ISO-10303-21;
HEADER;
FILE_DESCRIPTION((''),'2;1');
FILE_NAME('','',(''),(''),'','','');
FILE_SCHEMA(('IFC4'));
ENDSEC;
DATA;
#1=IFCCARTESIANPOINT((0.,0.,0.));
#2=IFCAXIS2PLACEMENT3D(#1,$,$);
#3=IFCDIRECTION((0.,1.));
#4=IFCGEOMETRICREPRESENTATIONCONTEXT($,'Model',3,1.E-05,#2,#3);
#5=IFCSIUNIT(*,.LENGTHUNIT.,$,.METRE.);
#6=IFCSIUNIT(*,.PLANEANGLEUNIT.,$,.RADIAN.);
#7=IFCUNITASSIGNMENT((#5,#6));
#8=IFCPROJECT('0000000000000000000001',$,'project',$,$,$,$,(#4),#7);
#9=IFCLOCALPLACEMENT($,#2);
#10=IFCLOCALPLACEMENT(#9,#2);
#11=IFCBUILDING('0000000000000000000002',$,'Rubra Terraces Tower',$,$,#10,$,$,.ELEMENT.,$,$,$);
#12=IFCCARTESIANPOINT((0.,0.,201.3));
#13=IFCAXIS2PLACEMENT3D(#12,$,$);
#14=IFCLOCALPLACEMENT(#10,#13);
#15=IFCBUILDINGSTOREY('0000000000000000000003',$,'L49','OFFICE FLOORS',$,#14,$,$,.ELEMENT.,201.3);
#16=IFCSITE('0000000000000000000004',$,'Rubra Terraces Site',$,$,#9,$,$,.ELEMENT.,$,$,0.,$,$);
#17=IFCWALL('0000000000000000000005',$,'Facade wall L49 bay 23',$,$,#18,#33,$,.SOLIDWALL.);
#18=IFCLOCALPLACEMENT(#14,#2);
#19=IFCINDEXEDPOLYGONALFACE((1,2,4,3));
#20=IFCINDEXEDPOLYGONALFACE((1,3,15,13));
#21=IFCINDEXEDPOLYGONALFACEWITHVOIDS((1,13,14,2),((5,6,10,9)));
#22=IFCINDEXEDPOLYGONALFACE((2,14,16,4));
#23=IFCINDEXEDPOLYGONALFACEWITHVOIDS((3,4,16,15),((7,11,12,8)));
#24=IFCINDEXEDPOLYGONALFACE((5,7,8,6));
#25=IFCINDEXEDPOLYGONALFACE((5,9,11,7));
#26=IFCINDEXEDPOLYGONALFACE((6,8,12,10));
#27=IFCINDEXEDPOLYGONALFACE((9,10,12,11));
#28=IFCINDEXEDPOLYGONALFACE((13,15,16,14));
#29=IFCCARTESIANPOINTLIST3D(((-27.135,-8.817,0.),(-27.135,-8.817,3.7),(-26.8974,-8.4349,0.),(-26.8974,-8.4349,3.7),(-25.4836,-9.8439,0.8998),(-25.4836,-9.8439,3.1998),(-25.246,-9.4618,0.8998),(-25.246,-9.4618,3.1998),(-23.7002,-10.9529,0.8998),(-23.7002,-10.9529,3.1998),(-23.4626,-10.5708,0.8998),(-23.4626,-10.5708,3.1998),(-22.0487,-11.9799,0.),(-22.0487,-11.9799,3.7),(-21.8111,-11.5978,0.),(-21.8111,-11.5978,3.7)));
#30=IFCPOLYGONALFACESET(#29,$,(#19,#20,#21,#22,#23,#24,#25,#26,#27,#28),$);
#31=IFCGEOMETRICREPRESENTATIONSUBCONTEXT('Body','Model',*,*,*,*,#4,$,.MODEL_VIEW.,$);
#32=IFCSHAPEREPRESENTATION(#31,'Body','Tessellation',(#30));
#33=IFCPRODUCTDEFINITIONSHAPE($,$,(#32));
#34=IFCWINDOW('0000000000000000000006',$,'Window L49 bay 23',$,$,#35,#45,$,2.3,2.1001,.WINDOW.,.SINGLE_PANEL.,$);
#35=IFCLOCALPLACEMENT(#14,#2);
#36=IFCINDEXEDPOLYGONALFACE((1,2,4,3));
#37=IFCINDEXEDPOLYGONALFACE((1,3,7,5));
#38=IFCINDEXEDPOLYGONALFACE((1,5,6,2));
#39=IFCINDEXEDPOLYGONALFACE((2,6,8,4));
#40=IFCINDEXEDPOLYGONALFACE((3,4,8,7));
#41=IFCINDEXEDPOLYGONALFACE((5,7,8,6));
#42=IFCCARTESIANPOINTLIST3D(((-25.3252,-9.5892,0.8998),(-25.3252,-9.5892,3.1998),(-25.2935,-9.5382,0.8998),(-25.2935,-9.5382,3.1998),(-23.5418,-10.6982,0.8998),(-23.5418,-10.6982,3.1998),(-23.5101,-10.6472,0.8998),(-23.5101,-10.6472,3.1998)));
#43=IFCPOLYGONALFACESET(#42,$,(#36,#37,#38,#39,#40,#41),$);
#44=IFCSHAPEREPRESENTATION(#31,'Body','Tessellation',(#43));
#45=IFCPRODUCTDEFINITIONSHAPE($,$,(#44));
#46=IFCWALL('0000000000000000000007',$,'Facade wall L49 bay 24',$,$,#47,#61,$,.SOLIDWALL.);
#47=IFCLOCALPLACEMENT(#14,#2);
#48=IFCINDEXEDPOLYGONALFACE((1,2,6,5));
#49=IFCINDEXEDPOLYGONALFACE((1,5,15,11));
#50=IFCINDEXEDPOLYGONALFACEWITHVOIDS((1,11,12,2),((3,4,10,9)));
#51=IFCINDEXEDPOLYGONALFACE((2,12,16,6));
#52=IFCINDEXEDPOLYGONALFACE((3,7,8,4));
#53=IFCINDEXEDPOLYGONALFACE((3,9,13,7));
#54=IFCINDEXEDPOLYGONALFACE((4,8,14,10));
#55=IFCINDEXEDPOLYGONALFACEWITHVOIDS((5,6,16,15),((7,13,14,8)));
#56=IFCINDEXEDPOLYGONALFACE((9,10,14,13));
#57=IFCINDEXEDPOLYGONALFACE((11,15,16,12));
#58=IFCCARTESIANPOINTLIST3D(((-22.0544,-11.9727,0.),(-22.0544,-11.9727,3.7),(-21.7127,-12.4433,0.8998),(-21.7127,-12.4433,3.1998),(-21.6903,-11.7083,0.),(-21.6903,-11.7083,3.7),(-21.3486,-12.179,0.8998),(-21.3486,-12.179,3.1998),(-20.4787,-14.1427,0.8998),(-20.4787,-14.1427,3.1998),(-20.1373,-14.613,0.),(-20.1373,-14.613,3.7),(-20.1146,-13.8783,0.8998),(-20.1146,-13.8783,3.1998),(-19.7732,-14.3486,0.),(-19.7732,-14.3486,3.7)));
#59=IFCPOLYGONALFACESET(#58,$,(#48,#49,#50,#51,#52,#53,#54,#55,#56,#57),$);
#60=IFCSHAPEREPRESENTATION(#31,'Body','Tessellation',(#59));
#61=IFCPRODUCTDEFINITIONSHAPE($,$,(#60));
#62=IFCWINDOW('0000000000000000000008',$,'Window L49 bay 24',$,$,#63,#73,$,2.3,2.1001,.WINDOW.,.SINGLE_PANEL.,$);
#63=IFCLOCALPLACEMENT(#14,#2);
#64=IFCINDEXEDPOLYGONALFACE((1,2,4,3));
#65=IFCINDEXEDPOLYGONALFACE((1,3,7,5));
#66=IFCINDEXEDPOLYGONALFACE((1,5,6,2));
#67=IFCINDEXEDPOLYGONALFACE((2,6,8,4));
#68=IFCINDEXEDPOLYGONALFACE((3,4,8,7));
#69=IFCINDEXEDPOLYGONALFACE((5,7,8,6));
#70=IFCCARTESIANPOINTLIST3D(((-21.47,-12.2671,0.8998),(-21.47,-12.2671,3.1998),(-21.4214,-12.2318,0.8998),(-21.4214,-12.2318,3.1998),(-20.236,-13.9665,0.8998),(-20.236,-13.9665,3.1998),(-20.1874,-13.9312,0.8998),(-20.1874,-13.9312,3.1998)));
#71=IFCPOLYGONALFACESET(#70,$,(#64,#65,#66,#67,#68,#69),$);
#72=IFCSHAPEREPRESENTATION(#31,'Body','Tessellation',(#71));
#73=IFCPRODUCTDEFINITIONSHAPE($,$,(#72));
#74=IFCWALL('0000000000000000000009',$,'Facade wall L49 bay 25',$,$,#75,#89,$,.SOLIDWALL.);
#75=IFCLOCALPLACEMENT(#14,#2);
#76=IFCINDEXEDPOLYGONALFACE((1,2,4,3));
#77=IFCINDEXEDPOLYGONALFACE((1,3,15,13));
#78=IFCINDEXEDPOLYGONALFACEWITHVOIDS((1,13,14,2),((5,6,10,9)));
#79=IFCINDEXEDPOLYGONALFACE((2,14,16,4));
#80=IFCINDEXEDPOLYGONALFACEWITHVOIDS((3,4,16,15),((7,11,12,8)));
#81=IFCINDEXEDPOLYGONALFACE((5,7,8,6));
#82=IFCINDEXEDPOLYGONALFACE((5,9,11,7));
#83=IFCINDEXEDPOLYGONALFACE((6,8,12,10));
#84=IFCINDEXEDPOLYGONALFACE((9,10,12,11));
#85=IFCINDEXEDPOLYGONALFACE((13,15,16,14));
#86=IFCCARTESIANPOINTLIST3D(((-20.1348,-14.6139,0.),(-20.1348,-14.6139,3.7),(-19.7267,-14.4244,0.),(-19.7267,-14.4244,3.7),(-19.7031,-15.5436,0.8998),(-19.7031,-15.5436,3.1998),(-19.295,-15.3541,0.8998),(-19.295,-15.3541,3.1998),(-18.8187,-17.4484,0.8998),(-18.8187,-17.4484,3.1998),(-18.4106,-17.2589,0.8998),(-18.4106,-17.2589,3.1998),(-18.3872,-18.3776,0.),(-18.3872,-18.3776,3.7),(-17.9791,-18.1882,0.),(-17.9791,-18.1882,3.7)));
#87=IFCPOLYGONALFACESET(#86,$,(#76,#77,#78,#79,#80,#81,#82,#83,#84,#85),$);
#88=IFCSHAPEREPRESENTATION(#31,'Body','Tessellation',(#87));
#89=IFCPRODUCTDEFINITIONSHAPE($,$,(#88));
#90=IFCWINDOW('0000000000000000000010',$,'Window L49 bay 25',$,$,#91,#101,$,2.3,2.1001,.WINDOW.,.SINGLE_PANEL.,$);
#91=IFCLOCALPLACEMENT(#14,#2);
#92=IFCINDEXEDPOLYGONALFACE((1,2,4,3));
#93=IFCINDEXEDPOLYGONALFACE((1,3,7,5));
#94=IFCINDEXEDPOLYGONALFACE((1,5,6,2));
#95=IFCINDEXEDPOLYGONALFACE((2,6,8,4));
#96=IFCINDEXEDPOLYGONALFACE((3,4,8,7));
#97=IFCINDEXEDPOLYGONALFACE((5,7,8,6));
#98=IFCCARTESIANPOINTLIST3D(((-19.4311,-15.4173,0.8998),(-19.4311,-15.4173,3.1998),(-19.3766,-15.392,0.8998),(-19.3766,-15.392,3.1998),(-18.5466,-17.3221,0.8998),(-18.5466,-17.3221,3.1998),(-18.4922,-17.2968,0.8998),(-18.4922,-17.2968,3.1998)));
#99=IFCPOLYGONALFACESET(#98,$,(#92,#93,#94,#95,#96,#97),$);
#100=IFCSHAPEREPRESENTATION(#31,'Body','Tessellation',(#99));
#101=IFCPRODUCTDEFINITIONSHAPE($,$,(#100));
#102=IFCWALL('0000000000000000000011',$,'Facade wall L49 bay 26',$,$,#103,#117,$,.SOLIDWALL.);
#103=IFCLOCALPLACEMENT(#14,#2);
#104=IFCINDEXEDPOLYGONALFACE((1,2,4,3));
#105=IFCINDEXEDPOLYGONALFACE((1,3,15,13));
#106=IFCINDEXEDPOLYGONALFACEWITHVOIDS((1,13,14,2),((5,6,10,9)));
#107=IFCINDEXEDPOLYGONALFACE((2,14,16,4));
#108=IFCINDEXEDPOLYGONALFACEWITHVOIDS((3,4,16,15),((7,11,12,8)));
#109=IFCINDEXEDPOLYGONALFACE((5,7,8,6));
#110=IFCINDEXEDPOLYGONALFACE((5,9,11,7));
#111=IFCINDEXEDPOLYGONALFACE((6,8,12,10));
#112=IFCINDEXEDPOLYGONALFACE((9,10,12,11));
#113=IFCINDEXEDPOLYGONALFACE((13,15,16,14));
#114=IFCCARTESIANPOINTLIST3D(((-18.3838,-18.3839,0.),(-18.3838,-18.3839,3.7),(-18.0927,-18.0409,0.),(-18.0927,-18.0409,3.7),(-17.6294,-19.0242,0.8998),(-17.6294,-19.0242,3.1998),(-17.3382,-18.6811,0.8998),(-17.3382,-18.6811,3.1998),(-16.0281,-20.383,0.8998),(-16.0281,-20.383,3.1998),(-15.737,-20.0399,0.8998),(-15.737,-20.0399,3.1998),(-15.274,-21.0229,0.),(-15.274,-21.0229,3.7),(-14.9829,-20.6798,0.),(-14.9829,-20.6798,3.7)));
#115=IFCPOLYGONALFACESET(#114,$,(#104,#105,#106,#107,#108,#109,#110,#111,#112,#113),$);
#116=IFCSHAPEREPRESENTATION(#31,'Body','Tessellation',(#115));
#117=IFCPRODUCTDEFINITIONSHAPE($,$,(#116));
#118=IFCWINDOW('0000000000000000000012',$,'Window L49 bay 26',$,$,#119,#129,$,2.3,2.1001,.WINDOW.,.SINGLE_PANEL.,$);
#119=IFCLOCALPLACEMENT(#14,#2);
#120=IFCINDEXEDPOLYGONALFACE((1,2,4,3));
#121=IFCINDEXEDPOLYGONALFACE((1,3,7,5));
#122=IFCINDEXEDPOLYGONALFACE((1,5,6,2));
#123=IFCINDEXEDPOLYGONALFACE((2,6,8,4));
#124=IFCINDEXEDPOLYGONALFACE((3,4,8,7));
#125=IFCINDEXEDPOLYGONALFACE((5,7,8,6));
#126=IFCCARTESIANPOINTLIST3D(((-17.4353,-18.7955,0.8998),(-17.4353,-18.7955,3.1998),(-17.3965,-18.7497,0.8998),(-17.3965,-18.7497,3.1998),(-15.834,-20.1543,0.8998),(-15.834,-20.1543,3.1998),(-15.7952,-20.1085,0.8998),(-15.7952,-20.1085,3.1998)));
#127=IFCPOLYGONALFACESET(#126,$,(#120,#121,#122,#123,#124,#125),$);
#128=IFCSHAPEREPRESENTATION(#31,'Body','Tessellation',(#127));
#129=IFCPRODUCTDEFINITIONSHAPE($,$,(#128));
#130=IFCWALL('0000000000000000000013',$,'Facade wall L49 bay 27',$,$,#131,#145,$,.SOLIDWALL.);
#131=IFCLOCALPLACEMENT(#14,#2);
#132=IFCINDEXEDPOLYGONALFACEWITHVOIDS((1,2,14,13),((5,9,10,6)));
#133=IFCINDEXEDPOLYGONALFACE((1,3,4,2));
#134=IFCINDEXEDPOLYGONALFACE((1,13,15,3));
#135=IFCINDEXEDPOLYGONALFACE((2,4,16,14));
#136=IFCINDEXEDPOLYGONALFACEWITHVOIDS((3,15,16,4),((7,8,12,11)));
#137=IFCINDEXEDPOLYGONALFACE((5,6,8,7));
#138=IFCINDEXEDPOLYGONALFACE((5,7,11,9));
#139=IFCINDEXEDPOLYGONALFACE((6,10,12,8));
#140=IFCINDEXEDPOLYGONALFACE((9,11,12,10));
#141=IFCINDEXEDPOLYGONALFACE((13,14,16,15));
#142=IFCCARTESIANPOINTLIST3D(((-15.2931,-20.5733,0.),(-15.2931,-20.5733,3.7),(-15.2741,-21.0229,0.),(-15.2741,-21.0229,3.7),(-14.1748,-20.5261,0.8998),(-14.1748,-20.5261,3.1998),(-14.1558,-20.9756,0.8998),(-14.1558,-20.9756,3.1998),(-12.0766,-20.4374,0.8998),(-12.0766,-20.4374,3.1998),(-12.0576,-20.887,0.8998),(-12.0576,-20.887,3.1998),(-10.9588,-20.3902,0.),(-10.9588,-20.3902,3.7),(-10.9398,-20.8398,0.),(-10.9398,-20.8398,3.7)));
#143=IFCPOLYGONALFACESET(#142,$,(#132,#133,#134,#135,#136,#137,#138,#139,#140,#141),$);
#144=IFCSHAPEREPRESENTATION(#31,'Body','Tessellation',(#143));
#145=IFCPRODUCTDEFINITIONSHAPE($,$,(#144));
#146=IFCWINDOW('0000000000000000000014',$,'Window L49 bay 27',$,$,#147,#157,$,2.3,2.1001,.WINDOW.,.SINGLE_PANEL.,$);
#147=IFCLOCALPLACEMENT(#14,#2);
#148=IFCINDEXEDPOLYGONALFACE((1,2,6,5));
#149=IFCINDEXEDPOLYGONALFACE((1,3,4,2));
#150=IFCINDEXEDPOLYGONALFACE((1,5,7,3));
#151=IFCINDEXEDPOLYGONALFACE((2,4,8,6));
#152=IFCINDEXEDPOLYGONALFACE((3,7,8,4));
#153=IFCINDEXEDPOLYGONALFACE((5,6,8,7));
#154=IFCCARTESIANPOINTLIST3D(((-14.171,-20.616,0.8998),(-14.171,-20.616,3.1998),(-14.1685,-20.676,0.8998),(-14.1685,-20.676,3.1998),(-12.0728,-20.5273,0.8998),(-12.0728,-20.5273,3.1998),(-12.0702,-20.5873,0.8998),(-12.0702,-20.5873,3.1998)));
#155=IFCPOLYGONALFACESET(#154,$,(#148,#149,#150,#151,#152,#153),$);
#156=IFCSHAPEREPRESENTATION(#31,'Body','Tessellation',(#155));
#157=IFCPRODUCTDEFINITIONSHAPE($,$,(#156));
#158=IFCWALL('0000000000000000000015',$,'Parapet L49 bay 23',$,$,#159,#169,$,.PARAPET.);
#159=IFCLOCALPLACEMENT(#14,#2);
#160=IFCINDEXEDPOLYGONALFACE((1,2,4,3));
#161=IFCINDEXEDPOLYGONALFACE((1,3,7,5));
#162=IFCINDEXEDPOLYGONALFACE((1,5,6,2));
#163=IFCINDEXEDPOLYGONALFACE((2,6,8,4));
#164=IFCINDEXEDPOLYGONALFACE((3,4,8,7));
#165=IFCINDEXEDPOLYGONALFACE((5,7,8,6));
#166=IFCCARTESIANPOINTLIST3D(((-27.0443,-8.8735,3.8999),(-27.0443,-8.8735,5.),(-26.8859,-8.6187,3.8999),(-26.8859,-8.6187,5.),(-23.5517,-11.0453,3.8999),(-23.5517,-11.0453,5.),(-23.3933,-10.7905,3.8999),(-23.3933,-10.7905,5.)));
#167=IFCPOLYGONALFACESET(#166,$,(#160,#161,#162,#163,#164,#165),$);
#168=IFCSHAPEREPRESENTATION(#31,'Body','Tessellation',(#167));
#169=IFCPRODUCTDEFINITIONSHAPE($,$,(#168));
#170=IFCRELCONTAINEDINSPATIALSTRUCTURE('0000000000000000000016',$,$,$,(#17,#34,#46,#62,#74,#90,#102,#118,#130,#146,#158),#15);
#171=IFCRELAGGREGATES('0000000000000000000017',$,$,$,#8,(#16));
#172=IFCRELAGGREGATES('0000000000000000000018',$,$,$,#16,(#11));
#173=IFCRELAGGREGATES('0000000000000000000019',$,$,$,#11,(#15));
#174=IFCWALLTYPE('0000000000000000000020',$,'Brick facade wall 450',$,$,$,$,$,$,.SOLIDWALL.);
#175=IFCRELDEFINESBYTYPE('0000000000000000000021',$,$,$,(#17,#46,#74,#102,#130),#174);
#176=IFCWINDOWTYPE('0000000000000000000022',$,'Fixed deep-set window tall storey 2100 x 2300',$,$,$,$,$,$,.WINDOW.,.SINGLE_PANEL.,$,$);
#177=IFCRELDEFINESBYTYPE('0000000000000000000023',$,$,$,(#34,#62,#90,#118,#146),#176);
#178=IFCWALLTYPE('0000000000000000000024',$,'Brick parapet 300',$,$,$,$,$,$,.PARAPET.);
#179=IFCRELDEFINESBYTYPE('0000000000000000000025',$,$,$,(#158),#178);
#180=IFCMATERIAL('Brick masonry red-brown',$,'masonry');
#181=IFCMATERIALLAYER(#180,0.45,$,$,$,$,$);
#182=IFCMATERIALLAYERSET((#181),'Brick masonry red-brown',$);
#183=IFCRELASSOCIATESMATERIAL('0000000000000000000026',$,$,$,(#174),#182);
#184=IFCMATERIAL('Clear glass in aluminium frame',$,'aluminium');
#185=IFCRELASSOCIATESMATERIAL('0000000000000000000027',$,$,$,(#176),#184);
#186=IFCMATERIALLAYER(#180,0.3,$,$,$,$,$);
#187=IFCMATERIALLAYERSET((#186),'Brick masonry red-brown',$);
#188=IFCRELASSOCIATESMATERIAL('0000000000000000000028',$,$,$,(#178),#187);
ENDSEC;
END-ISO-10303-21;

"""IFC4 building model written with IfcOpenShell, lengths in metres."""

from ifc_helpers import new_model, si_unit, direction, frame, frame_2d, origin, place, context, subcontext, project, spatial, rectangle, extrude, material, layer, layer_set, type_object, element, fill, save


model = new_model("IFC4")

# Units and contexts
model_context = context("Model", 3, precision=1e-05, world=origin(), true_north=direction((0.0, 1.0)))
body_context = subcontext(model_context, "Body", "Model", "MODEL_VIEW")
ifc_project = project(units=[si_unit("LENGTHUNIT", "METRE"), si_unit("PLANEANGLEUNIT", "RADIAN")], contexts=[model_context])

# Site, building, storey
site_placement = place(None, origin())
site = spatial("IfcSite", under=ifc_project, at=site_placement, Name="Rubra Terraces Site", CompositionType="ELEMENT", RefElevation=0.0)
building_placement = place(site_placement, origin())
building = spatial("IfcBuilding", under=site, at=building_placement, Name="Rubra Terraces Tower", CompositionType="ELEMENT")
storey_placement = place(building_placement, frame((0.0, 0.0, 201.3)))
storey = spatial("IfcBuildingStorey", under=building, at=storey_placement, Name="L49", Description="OFFICE FLOORS", CompositionType="ELEMENT", Elevation=201.3)

# Walls, openings, windows
ifc_material_1 = material(Name="Brick masonry red-brown", Category="masonry")
ifc_layer_1 = layer(ifc_material_1, 0.45)
ifc_layer_set_1 = layer_set([ifc_layer_1], Name="Brick masonry red-brown")
wall_type_1 = type_object("IfcWallType", Name="Brick facade wall 450", PredefinedType="SOLIDWALL", material=ifc_layer_set_1)
wall_1_placement = place(storey_placement, frame((-27.0161, -8.626, 0.0), z_axis=(0.0, 0.0, 1.0), x_axis=(0.849198, -0.528074, 0.0)))
wall_1 = element("IfcWall", 1, at=wall_1_placement, inside=storey, type_object=wall_type_1, Name="Facade wall L49 bay 23", PredefinedType="SOLIDWALL", context=body_context, shape_type="SweptSolid", body=[
    extrude(rectangle(XDim=5.9895, YDim=0.45, at=frame_2d((2.9946, 0.0))), origin(), (0.0, 0.0, 1.0), 3.7),
])
opening_1_placement = place(wall_1_placement, frame((1.9446, 0.0, 0.8999)))
opening_1 = element("IfcOpeningElement", 2, at=opening_1_placement, cuts=wall_1, PredefinedType="OPENING", context=body_context, shape_type="SweptSolid", body=[
    extrude(rectangle(XDim=2.1001, YDim=2.3, at=frame_2d((1.05, 1.1499))), frame((0.0, 0.2349, 0.0), z_axis=(0.0, -1.0, 0.0), x_axis=(1.0, 0.0, 0.0)), (0.0, 0.0, 1.0), 0.47),
])
ifc_material_2 = material(Name="Clear glass in aluminium frame", Category="aluminium")
window_type = type_object("IfcWindowType", Name="Fixed deep-set window tall storey 2100 x 2300", PartitioningType="SINGLE_PANEL", PredefinedType="WINDOW", material=ifc_material_2)
window_1_placement = place(opening_1_placement, origin())
window_1 = element("IfcWindow", 3, at=window_1_placement, inside=storey, type_object=window_type, Name="Window L49 bay 23", OverallHeight=2.3, OverallWidth=2.1001, PartitioningType="SINGLE_PANEL", PredefinedType="WINDOW", context=body_context, shape_type="SweptSolid", body=[
    extrude(rectangle(XDim=2.1001, YDim=2.3, at=frame_2d((1.05, 1.1499))), frame((0.0, 0.135, 0.0), z_axis=(0.0, -1.0, 0.0), x_axis=(1.0, 0.0, 0.0)), (0.0, 0.0, 1.0), 0.0601),
])
fill(opening_1, window_1)
wall_2_placement = place(storey_placement, frame((-21.8723, -11.8406, 0.0), z_axis=(0.0, 0.0, 1.0), x_axis=(0.587562, -0.809179, 0.0)))
wall_2 = element("IfcWall", 4, at=wall_2_placement, inside=storey, type_object=wall_type_1, Name="Facade wall L49 bay 24", PredefinedType="SOLIDWALL", context=body_context, shape_type="SweptSolid", body=[
    extrude(rectangle(XDim=3.2629, YDim=0.45, at=frame_2d((1.6313, 0.0))), origin(), (0.0, 0.0, 1.0), 3.7),
])
opening_2_placement = place(wall_2_placement, frame((0.5815, 0.0, 0.8999)))
opening_2 = element("IfcOpeningElement", 5, at=opening_2_placement, cuts=wall_2, PredefinedType="OPENING", context=body_context, shape_type="SweptSolid", body=[
    extrude(rectangle(XDim=2.1001, YDim=2.3, at=frame_2d((1.05, 1.1499))), frame((0.0, 0.2349, 0.0), z_axis=(0.0, -1.0, 0.0), x_axis=(1.0, 0.0, 0.0)), (0.0, 0.0, 1.0), 0.47),
])
window_2_placement = place(opening_2_placement, origin())
window_2 = element("IfcWindow", 6, at=window_2_placement, inside=storey, type_object=window_type, Name="Window L49 bay 24", OverallHeight=2.3, OverallWidth=2.1001, PartitioningType="SINGLE_PANEL", PredefinedType="WINDOW", context=body_context, shape_type="SweptSolid", body=[
    extrude(rectangle(XDim=2.1001, YDim=2.3, at=frame_2d((1.05, 1.1499))), frame((0.0, 0.135, 0.0), z_axis=(0.0, -1.0, 0.0), x_axis=(1.0, 0.0, 0.0)), (0.0, 0.0, 1.0), 0.0601),
])
fill(opening_2, window_2)
wall_3_placement = place(storey_placement, frame((-19.9307, -14.5193, 0.0), z_axis=(0.0, 0.0, 1.0), x_axis=(0.421139, -0.906996, 0.0)))
wall_3 = element("IfcWall", 7, at=wall_3_placement, inside=storey, type_object=wall_type_1, Name="Facade wall L49 bay 25", PredefinedType="SOLIDWALL", context=body_context, shape_type="SweptSolid", body=[
    extrude(rectangle(XDim=4.1497, YDim=0.45, at=frame_2d((2.0747, 0.0))), origin(), (0.0, 0.0, 1.0), 3.7),
])
opening_3_placement = place(wall_3_placement, frame((1.0249, 0.0, 0.8999)))
opening_3 = element("IfcOpeningElement", 8, at=opening_3_placement, cuts=wall_3, PredefinedType="OPENING", context=body_context, shape_type="SweptSolid", body=[
    extrude(rectangle(XDim=2.1001, YDim=2.3, at=frame_2d((1.05, 1.1499))), frame((0.0, 0.2349, 0.0), z_axis=(0.0, -1.0, 0.0), x_axis=(1.0, 0.0, 0.0)), (0.0, 0.0, 1.0), 0.47),
])
window_3_placement = place(opening_3_placement, origin())
window_3 = element("IfcWindow", 9, at=window_3_placement, inside=storey, type_object=window_type, Name="Window L49 bay 25", OverallHeight=2.3, OverallWidth=2.1001, PartitioningType="SINGLE_PANEL", PredefinedType="WINDOW", context=body_context, shape_type="SweptSolid", body=[
    extrude(rectangle(XDim=2.1001, YDim=2.3, at=frame_2d((1.05, 1.1499))), frame((0.0, 0.135, 0.0), z_axis=(0.0, -1.0, 0.0), x_axis=(1.0, 0.0, 0.0)), (0.0, 0.0, 1.0), 0.0601),
])
fill(opening_3, window_3)
wall_4_placement = place(storey_placement, frame((-18.2383, -18.2124, 0.0), z_axis=(0.0, 0.0, 1.0), x_axis=(0.76248, -0.647012, 0.0)))
wall_4 = element("IfcWall", 10, at=wall_4_placement, inside=storey, type_object=wall_type_1, Name="Facade wall L49 bay 26", PredefinedType="SOLIDWALL", context=body_context, shape_type="SweptSolid", body=[
    extrude(rectangle(XDim=4.0786, YDim=0.45, at=frame_2d((2.0393, 0.0))), origin(), (0.0, 0.0, 1.0), 3.7),
])
opening_4_placement = place(wall_4_placement, frame((0.9895, 0.0, 0.8999)))
opening_4 = element("IfcOpeningElement", 11, at=opening_4_placement, cuts=wall_4, PredefinedType="OPENING", context=body_context, shape_type="SweptSolid", body=[
    extrude(rectangle(XDim=2.1001, YDim=2.3, at=frame_2d((1.05, 1.1499))), frame((0.0, 0.2349, 0.0), z_axis=(0.0, -1.0, 0.0), x_axis=(1.0, 0.0, 0.0)), (0.0, 0.0, 1.0), 0.47),
])
window_4_placement = place(opening_4_placement, origin())
window_4 = element("IfcWindow", 12, at=window_4_placement, inside=storey, type_object=window_type, Name="Window L49 bay 26", OverallHeight=2.3, OverallWidth=2.1001, PartitioningType="SINGLE_PANEL", PredefinedType="WINDOW", context=body_context, shape_type="SweptSolid", body=[
    extrude(rectangle(XDim=2.1001, YDim=2.3, at=frame_2d((1.05, 1.1499))), frame((0.0, 0.135, 0.0), z_axis=(0.0, -1.0, 0.0), x_axis=(1.0, 0.0, 0.0)), (0.0, 0.0, 1.0), 0.0601),
])
fill(opening_4, window_4)
wall_5_placement = place(storey_placement, frame((-15.2834, -20.7981, 0.0), z_axis=(0.0, 0.0, 1.0), x_axis=(0.999109, 0.042209, 0.0)))
wall_5 = element("IfcWall", 13, at=wall_5_placement, inside=storey, type_object=wall_type_1, Name="Facade wall L49 bay 27", PredefinedType="SOLIDWALL", context=body_context, shape_type="SweptSolid", body=[
    extrude(rectangle(XDim=4.3381, YDim=0.45, at=frame_2d((2.1689, 0.0))), origin(), (0.0, 0.0, 1.0), 3.7),
])
opening_5_placement = place(wall_5_placement, frame((1.1191, 0.0, 0.8999)))
opening_5 = element("IfcOpeningElement", 14, at=opening_5_placement, cuts=wall_5, PredefinedType="OPENING", context=body_context, shape_type="SweptSolid", body=[
    extrude(rectangle(XDim=2.1001, YDim=2.3, at=frame_2d((1.05, 1.1499))), frame((0.0, 0.2349, 0.0), z_axis=(0.0, -1.0, 0.0), x_axis=(1.0, 0.0, 0.0)), (0.0, 0.0, 1.0), 0.47),
])
window_5_placement = place(opening_5_placement, origin())
window_5 = element("IfcWindow", 15, at=window_5_placement, inside=storey, type_object=window_type, Name="Window L49 bay 27", OverallHeight=2.3, OverallWidth=2.1001, PartitioningType="SINGLE_PANEL", PredefinedType="WINDOW", context=body_context, shape_type="SweptSolid", body=[
    extrude(rectangle(XDim=2.1001, YDim=2.3, at=frame_2d((1.05, 1.1499))), frame((0.0, 0.135, 0.0), z_axis=(0.0, -1.0, 0.0), x_axis=(1.0, 0.0, 0.0)), (0.0, 0.0, 1.0), 0.0601),
])
fill(opening_5, window_5)

# Wall
ifc_layer_2 = layer(ifc_material_1, 0.3)
ifc_layer_set_2 = layer_set([ifc_layer_2], Name="Brick masonry red-brown")
wall_type_2 = type_object("IfcWallType", Name="Brick parapet 300", PredefinedType="PARAPET", material=ifc_layer_set_2)
wall_6_placement = place(storey_placement, frame((-26.9651, -8.7461, 3.8999), z_axis=(0.0, 0.0, 1.0), x_axis=(0.849203, -0.528066, 0.0)))
element("IfcWall", 16, at=wall_6_placement, inside=storey, type_object=wall_type_2, Name="Parapet L49 bay 23", PredefinedType="PARAPET", context=body_context, shape_type="SweptSolid", body=[
    extrude(rectangle(XDim=4.1128, YDim=0.3, at=frame_2d((2.0564, 0.0))), origin(), (0.0, 0.0, 1.0), 1.1001),
])

save(model, "model.ifc")
